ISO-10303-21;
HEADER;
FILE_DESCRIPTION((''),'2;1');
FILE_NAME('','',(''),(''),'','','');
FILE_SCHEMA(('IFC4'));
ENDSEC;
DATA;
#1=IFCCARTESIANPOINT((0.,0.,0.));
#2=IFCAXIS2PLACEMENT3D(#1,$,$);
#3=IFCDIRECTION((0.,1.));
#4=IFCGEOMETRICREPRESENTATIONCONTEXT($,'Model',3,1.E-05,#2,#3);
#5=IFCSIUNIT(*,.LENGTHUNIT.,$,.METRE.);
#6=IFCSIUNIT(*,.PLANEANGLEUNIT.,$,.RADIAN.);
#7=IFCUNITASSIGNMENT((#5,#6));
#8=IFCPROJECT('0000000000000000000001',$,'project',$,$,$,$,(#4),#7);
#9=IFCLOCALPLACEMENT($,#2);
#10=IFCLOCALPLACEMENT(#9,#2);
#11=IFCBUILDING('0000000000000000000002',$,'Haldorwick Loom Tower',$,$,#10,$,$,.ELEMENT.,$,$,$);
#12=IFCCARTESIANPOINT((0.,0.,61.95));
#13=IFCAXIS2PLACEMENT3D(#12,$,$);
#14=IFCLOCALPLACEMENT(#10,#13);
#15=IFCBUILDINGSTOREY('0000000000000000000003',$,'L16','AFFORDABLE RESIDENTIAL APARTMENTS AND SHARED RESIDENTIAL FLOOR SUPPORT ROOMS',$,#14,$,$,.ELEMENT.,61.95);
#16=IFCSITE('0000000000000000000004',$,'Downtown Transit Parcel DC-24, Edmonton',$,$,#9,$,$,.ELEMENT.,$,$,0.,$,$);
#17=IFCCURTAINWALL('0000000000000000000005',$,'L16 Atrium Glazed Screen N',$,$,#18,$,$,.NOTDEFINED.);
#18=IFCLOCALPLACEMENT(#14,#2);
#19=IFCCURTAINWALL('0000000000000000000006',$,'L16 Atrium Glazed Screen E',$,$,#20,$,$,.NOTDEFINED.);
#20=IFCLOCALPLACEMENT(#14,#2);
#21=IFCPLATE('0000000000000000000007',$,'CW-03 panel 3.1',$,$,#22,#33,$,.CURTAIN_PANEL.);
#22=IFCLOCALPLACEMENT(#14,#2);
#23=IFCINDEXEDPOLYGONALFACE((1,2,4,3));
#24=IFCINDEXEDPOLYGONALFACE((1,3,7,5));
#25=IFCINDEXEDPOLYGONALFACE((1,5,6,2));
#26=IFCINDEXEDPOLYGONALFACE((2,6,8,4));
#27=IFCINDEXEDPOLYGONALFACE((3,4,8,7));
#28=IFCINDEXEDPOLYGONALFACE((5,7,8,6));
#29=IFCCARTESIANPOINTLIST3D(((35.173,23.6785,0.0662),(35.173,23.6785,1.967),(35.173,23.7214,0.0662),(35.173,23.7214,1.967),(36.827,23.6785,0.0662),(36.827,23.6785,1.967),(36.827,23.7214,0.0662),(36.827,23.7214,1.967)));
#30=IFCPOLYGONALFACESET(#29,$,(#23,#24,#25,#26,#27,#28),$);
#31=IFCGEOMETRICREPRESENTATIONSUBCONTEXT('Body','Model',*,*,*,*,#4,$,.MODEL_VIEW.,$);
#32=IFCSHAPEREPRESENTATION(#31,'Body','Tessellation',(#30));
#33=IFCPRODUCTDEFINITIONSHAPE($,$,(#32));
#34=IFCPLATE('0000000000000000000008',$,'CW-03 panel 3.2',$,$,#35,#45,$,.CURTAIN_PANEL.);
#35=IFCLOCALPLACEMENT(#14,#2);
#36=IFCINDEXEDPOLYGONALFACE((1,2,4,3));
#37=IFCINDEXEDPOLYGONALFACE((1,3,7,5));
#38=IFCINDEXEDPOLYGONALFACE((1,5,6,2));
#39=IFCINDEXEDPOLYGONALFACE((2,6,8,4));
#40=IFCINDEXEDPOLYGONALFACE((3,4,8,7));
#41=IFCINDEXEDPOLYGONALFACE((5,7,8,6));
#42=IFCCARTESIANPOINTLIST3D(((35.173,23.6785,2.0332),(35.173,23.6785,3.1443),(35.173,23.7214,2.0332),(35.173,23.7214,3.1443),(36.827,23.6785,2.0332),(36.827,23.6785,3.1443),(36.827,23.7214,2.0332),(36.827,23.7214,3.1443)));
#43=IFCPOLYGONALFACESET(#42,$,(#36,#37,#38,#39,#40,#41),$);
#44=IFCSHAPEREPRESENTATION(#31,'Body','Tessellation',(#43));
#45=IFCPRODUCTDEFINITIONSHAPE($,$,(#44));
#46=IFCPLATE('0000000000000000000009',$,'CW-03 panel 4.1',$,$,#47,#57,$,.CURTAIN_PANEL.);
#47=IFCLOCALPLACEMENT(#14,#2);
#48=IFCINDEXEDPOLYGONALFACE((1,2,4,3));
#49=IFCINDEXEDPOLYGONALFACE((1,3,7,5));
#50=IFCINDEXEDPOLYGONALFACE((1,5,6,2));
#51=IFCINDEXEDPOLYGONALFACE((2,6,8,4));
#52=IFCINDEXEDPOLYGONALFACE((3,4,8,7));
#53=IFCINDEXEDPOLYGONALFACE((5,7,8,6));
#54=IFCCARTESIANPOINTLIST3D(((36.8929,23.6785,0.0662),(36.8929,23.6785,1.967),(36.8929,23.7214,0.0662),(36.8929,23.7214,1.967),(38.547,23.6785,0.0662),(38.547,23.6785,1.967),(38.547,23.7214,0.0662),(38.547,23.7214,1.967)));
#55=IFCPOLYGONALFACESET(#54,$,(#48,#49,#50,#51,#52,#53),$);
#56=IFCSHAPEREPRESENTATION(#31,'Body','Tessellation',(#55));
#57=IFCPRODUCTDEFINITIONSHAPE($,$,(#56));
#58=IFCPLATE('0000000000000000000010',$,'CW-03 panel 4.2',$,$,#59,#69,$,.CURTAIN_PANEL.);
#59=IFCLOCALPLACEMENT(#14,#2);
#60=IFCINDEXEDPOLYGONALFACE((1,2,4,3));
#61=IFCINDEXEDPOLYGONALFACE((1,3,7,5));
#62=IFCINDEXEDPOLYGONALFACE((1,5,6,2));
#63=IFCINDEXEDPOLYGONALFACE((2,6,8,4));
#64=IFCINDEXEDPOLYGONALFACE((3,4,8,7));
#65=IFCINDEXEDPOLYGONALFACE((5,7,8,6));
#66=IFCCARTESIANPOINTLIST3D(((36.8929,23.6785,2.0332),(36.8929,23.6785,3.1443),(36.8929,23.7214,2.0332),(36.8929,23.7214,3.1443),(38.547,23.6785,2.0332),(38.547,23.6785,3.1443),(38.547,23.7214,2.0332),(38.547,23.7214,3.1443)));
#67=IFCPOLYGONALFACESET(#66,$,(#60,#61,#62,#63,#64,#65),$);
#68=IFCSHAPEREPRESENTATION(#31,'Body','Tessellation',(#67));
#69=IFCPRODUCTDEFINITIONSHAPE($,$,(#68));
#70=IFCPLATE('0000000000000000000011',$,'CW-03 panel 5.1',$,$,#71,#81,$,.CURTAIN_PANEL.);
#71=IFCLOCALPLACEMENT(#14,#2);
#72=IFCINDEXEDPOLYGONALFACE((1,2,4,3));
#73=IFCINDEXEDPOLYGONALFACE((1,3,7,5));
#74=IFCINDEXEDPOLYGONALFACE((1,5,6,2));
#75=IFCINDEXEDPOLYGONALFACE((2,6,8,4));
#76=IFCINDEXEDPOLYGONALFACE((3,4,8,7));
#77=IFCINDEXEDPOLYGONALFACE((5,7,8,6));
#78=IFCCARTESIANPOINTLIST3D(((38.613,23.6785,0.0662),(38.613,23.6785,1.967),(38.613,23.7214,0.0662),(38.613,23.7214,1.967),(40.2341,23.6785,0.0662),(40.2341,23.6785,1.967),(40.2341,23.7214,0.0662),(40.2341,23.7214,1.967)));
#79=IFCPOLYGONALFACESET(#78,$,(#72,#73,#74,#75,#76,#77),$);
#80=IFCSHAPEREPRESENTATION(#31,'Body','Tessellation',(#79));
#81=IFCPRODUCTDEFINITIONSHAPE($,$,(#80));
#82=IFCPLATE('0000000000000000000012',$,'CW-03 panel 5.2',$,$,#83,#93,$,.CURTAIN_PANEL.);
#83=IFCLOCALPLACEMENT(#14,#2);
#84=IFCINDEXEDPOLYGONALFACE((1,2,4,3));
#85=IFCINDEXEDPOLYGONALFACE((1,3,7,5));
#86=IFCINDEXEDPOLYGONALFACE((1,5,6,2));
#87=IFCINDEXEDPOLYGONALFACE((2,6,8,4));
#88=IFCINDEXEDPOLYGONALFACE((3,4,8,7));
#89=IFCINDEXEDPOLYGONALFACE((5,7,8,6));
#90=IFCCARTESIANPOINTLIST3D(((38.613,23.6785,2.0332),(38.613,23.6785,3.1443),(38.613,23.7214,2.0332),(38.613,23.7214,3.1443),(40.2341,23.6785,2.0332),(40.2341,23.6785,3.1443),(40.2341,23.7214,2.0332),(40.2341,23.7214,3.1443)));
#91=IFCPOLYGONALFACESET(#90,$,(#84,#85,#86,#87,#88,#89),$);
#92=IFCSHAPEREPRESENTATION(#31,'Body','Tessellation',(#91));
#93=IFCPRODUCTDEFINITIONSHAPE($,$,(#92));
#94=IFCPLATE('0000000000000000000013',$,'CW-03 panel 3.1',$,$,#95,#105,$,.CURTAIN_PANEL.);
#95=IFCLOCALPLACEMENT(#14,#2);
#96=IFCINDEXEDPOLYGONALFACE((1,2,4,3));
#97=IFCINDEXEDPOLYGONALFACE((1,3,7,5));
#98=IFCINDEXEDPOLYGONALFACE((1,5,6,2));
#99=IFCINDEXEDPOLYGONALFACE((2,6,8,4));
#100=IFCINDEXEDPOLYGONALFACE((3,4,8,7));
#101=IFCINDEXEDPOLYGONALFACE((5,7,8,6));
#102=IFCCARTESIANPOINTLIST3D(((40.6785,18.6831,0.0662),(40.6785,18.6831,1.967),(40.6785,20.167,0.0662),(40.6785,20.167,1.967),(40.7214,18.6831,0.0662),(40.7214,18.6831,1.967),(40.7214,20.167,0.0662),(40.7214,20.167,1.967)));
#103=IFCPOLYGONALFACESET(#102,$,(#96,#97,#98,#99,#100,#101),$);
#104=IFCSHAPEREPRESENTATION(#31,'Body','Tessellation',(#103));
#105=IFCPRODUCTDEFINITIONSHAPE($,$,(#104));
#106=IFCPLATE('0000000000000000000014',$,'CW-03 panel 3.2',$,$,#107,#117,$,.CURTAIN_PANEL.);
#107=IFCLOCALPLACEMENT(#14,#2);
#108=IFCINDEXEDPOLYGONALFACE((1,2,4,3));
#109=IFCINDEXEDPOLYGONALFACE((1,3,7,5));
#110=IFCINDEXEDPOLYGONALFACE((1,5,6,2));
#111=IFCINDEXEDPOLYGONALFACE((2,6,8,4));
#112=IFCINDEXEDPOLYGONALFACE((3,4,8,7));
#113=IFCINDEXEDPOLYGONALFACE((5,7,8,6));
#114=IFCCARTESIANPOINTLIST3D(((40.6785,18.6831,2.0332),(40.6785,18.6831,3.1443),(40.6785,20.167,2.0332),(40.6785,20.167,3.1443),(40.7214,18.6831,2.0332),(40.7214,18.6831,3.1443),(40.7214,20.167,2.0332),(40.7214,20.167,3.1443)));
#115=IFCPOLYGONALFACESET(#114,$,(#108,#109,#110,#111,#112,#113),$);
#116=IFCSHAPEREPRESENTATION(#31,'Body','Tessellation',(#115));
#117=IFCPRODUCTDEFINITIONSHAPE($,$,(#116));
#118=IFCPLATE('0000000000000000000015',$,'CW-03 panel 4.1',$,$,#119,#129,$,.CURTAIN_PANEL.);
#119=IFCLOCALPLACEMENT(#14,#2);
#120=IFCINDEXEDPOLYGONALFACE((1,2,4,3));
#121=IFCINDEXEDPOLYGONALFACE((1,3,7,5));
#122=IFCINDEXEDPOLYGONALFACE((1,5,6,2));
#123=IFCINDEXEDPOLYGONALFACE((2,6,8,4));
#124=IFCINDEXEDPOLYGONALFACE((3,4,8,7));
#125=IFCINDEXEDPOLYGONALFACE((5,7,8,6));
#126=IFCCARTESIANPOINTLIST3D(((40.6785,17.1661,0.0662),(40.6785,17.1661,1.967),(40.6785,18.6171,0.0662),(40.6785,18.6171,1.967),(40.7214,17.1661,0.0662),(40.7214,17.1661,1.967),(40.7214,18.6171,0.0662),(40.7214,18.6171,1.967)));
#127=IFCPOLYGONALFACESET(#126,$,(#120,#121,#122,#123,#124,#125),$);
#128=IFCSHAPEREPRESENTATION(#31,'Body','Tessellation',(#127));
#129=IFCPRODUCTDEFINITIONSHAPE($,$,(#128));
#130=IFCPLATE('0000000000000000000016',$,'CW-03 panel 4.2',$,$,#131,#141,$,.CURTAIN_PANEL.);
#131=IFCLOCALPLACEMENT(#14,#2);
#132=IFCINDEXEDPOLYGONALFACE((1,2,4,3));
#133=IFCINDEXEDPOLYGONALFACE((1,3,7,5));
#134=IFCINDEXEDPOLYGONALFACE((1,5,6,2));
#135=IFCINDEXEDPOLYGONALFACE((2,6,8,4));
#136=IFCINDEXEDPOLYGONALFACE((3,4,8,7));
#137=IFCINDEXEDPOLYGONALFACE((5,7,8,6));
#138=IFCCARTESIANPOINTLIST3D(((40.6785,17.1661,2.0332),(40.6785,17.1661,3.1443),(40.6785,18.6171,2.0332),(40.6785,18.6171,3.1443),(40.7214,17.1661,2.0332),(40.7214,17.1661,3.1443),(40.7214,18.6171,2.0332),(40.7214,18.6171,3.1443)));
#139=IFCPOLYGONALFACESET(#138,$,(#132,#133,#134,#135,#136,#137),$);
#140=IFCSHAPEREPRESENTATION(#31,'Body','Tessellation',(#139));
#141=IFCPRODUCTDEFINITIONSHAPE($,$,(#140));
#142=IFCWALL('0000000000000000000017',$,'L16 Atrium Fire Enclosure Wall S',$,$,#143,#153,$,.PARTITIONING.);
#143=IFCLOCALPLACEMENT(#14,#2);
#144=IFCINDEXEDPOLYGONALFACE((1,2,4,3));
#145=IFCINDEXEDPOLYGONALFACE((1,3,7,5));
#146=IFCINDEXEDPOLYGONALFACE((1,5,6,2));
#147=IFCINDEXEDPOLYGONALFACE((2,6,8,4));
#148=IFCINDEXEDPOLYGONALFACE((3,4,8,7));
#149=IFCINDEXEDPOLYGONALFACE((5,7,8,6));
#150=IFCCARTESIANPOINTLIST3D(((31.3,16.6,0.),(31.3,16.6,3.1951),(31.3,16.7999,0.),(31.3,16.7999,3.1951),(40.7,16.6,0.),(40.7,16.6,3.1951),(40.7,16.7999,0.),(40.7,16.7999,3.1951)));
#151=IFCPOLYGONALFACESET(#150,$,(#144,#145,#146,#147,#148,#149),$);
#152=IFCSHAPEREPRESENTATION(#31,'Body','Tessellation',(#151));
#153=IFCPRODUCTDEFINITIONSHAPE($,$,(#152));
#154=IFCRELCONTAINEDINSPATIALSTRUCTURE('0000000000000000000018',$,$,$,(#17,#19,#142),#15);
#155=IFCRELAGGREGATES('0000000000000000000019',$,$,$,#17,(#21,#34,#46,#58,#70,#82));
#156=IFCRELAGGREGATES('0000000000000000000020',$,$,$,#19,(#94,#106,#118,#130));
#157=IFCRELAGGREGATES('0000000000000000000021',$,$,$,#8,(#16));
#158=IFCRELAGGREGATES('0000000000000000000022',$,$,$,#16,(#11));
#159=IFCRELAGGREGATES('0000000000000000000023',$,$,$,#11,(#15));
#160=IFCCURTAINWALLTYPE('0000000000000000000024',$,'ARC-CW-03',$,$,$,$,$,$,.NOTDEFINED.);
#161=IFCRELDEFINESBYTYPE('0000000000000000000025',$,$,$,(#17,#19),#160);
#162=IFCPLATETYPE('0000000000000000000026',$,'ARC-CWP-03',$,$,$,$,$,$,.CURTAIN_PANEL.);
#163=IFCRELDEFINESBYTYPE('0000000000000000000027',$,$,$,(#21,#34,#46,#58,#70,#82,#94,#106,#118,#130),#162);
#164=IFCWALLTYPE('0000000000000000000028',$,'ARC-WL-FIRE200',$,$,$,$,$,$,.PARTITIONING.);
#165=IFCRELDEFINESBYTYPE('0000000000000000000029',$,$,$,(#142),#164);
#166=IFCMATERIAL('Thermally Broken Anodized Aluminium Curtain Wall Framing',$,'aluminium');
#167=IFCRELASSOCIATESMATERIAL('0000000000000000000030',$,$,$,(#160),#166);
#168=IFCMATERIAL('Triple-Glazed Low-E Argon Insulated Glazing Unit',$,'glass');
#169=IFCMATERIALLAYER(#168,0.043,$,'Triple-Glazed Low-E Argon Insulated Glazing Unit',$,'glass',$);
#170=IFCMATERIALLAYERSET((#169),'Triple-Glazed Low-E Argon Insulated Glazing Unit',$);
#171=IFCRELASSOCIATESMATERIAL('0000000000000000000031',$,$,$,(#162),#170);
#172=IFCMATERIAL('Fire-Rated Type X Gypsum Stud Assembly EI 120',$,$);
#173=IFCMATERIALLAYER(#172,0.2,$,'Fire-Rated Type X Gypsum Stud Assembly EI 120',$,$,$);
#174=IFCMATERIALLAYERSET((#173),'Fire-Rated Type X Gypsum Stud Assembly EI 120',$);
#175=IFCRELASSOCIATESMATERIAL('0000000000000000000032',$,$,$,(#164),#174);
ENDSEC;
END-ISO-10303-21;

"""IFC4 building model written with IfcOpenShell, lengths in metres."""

from ifc_helpers import new_model, si_unit, direction, frame, frame_2d, origin, origin_2d, place, context, subcontext, project, spatial, rectangle, extrude, material, layer, layer_set, type_object, element, aggregate, save


model = new_model("IFC4")

# Units and contexts
model_context = context("Model", 3, precision=1e-05, world=origin(), true_north=direction((0.0, 1.0)))
body_context = subcontext(model_context, "Body", "Model", "MODEL_VIEW")
ifc_project = project(units=[si_unit("LENGTHUNIT", "METRE"), si_unit("PLANEANGLEUNIT", "RADIAN")], contexts=[model_context])

# Site, building, storey
site_placement = place(None, origin())
site = spatial("IfcSite", under=ifc_project, at=site_placement, Name="Downtown Transit Parcel DC-24, Edmonton", CompositionType="ELEMENT", RefElevation=0.0)
building_placement = place(site_placement, origin())
building = spatial("IfcBuilding", under=site, at=building_placement, Name="Haldorwick Loom Tower", CompositionType="ELEMENT")
storey_placement = place(building_placement, frame((0.0, 0.0, 61.95)))
storey = spatial("IfcBuildingStorey", under=building, at=storey_placement, Name="L16", Description="AFFORDABLE RESIDENTIAL APARTMENTS AND SHARED RESIDENTIAL FLOOR SUPPORT ROOMS", CompositionType="ELEMENT", Elevation=61.95)

# Curtain walls
ifc_material_1 = material(Name="Thermally Broken Anodized Aluminium Curtain Wall Framing", Category="aluminium")
curtain_wall_type = type_object("IfcCurtainWallType", Name="ARC-CW-03", PredefinedType="NOTDEFINED", material=ifc_material_1)
curtain_wall_1_placement = place(storey_placement, origin())
curtain_wall_1 = element("IfcCurtainWall", 1, at=curtain_wall_1_placement, inside=storey, type_object=curtain_wall_type, Name="L16 Atrium Glazed Screen N", PredefinedType="NOTDEFINED")
curtain_wall_2_placement = place(storey_placement, origin())
curtain_wall_2 = element("IfcCurtainWall", 2, at=curtain_wall_2_placement, inside=storey, type_object=curtain_wall_type, Name="L16 Atrium Glazed Screen E", PredefinedType="NOTDEFINED")

# Plates
ifc_material_2 = material(Name="Triple-Glazed Low-E Argon Insulated Glazing Unit", Category="glass")
ifc_layer_1 = layer(ifc_material_2, 0.043, Name="Triple-Glazed Low-E Argon Insulated Glazing Unit", Category="glass")
ifc_layer_set_1 = layer_set([ifc_layer_1], Name="Triple-Glazed Low-E Argon Insulated Glazing Unit")
plate_type = type_object("IfcPlateType", Name="ARC-CWP-03", PredefinedType="CURTAIN_PANEL", material=ifc_layer_set_1)
plate_1_placement = place(storey_placement, frame((36.0, 23.7, 0.0662), z_axis=(0.0, 0.0, 1.0), x_axis=(1.0, 0.0, 0.0)))
plate_1 = element("IfcPlate", 3, at=plate_1_placement, type_object=plate_type, Name="CW-03 panel 3.1", PredefinedType="CURTAIN_PANEL", context=body_context, shape_type="SweptSolid", body=[
    extrude(rectangle(XDim=1.6541, YDim=0.043, at=origin_2d()), origin(), (0.0, 0.0, 1.0), 1.9009),
])
plate_2_placement = place(storey_placement, frame((36.0, 23.7, 2.0332), z_axis=(0.0, 0.0, 1.0), x_axis=(1.0, 0.0, 0.0)))
plate_2 = element("IfcPlate", 4, at=plate_2_placement, type_object=plate_type, Name="CW-03 panel 3.2", PredefinedType="CURTAIN_PANEL", context=body_context, shape_type="SweptSolid", body=[
    extrude(rectangle(XDim=1.6541, YDim=0.043, at=origin_2d()), origin(), (0.0, 0.0, 1.0), 1.1111),
])
plate_3_placement = place(storey_placement, frame((37.72, 23.7, 0.0662), z_axis=(0.0, 0.0, 1.0), x_axis=(1.0, 0.0, 0.0)))
plate_3 = element("IfcPlate", 5, at=plate_3_placement, type_object=plate_type, Name="CW-03 panel 4.1", PredefinedType="CURTAIN_PANEL", context=body_context, shape_type="SweptSolid", body=[
    extrude(rectangle(XDim=1.6541, YDim=0.043, at=origin_2d()), origin(), (0.0, 0.0, 1.0), 1.9009),
])
plate_4_placement = place(storey_placement, frame((37.72, 23.7, 2.0332), z_axis=(0.0, 0.0, 1.0), x_axis=(1.0, 0.0, 0.0)))
plate_4 = element("IfcPlate", 6, at=plate_4_placement, type_object=plate_type, Name="CW-03 panel 4.2", PredefinedType="CURTAIN_PANEL", context=body_context, shape_type="SweptSolid", body=[
    extrude(rectangle(XDim=1.6541, YDim=0.043, at=origin_2d()), origin(), (0.0, 0.0, 1.0), 1.1111),
])
plate_5_placement = place(storey_placement, frame((39.4236, 23.7, 0.0662), z_axis=(0.0, 0.0, 1.0), x_axis=(1.0, 0.0, 0.0)))
plate_5 = element("IfcPlate", 7, at=plate_5_placement, type_object=plate_type, Name="CW-03 panel 5.1", PredefinedType="CURTAIN_PANEL", context=body_context, shape_type="SweptSolid", body=[
    extrude(rectangle(XDim=1.6211, YDim=0.043, at=origin_2d()), origin(), (0.0, 0.0, 1.0), 1.9009),
])
plate_6_placement = place(storey_placement, frame((39.4236, 23.7, 2.0332), z_axis=(0.0, 0.0, 1.0), x_axis=(1.0, 0.0, 0.0)))
plate_6 = element("IfcPlate", 8, at=plate_6_placement, type_object=plate_type, Name="CW-03 panel 5.2", PredefinedType="CURTAIN_PANEL", context=body_context, shape_type="SweptSolid", body=[
    extrude(rectangle(XDim=1.6211, YDim=0.043, at=origin_2d()), origin(), (0.0, 0.0, 1.0), 1.1111),
])
aggregate(curtain_wall_1, [plate_1, plate_2, plate_3, plate_4, plate_5, plate_6])
plate_7_placement = place(storey_placement, frame((40.7, 19.425, 0.0662), z_axis=(0.0, 0.0, 1.0), x_axis=(0.0, -1.0, 0.0)))
plate_7 = element("IfcPlate", 9, at=plate_7_placement, type_object=plate_type, Name="CW-03 panel 3.1", PredefinedType="CURTAIN_PANEL", context=body_context, shape_type="SweptSolid", body=[
    extrude(rectangle(XDim=1.4839, YDim=0.043, at=origin_2d()), origin(), (0.0, 0.0, 1.0), 1.9009),
])
plate_8_placement = place(storey_placement, frame((40.7, 19.425, 2.0332), z_axis=(0.0, 0.0, 1.0), x_axis=(0.0, -1.0, 0.0)))
plate_8 = element("IfcPlate", 10, at=plate_8_placement, type_object=plate_type, Name="CW-03 panel 3.2", PredefinedType="CURTAIN_PANEL", context=body_context, shape_type="SweptSolid", body=[
    extrude(rectangle(XDim=1.4839, YDim=0.043, at=origin_2d()), origin(), (0.0, 0.0, 1.0), 1.1111),
])
plate_9_placement = place(storey_placement, frame((40.7, 17.8916, 0.0662), z_axis=(0.0, 0.0, 1.0), x_axis=(0.0, -1.0, 0.0)))
plate_9 = element("IfcPlate", 11, at=plate_9_placement, type_object=plate_type, Name="CW-03 panel 4.1", PredefinedType="CURTAIN_PANEL", context=body_context, shape_type="SweptSolid", body=[
    extrude(rectangle(XDim=1.4509, YDim=0.043, at=origin_2d()), origin(), (0.0, 0.0, 1.0), 1.9009),
])
plate_10_placement = place(storey_placement, frame((40.7, 17.8916, 2.0332), z_axis=(0.0, 0.0, 1.0), x_axis=(0.0, -1.0, 0.0)))
plate_10 = element("IfcPlate", 12, at=plate_10_placement, type_object=plate_type, Name="CW-03 panel 4.2", PredefinedType="CURTAIN_PANEL", context=body_context, shape_type="SweptSolid", body=[
    extrude(rectangle(XDim=1.4509, YDim=0.043, at=origin_2d()), origin(), (0.0, 0.0, 1.0), 1.1111),
])
aggregate(curtain_wall_2, [plate_7, plate_8, plate_9, plate_10])

# Wall
ifc_material_3 = material(Name="Fire-Rated Type X Gypsum Stud Assembly EI 120")
ifc_layer_2 = layer(ifc_material_3, 0.2, Name="Fire-Rated Type X Gypsum Stud Assembly EI 120")
ifc_layer_set_2 = layer_set([ifc_layer_2], Name="Fire-Rated Type X Gypsum Stud Assembly EI 120")
wall_type = type_object("IfcWallType", Name="ARC-WL-FIRE200", PredefinedType="PARTITIONING", material=ifc_layer_set_2)
wall_placement = place(storey_placement, frame((40.7, 16.7, 0.0), z_axis=(0.0, 0.0, 1.0), x_axis=(-1.0, 0.0, 0.0)))
element("IfcWall", 13, at=wall_placement, inside=storey, type_object=wall_type, Name="L16 Atrium Fire Enclosure Wall S", PredefinedType="PARTITIONING", context=body_context, shape_type="SweptSolid", body=[
    extrude(rectangle(XDim=9.3999, YDim=0.2, at=frame_2d((4.7, 0.0))), origin(), (0.0, 0.0, 1.0), 3.1951),
])

save(model, "model.ifc")
